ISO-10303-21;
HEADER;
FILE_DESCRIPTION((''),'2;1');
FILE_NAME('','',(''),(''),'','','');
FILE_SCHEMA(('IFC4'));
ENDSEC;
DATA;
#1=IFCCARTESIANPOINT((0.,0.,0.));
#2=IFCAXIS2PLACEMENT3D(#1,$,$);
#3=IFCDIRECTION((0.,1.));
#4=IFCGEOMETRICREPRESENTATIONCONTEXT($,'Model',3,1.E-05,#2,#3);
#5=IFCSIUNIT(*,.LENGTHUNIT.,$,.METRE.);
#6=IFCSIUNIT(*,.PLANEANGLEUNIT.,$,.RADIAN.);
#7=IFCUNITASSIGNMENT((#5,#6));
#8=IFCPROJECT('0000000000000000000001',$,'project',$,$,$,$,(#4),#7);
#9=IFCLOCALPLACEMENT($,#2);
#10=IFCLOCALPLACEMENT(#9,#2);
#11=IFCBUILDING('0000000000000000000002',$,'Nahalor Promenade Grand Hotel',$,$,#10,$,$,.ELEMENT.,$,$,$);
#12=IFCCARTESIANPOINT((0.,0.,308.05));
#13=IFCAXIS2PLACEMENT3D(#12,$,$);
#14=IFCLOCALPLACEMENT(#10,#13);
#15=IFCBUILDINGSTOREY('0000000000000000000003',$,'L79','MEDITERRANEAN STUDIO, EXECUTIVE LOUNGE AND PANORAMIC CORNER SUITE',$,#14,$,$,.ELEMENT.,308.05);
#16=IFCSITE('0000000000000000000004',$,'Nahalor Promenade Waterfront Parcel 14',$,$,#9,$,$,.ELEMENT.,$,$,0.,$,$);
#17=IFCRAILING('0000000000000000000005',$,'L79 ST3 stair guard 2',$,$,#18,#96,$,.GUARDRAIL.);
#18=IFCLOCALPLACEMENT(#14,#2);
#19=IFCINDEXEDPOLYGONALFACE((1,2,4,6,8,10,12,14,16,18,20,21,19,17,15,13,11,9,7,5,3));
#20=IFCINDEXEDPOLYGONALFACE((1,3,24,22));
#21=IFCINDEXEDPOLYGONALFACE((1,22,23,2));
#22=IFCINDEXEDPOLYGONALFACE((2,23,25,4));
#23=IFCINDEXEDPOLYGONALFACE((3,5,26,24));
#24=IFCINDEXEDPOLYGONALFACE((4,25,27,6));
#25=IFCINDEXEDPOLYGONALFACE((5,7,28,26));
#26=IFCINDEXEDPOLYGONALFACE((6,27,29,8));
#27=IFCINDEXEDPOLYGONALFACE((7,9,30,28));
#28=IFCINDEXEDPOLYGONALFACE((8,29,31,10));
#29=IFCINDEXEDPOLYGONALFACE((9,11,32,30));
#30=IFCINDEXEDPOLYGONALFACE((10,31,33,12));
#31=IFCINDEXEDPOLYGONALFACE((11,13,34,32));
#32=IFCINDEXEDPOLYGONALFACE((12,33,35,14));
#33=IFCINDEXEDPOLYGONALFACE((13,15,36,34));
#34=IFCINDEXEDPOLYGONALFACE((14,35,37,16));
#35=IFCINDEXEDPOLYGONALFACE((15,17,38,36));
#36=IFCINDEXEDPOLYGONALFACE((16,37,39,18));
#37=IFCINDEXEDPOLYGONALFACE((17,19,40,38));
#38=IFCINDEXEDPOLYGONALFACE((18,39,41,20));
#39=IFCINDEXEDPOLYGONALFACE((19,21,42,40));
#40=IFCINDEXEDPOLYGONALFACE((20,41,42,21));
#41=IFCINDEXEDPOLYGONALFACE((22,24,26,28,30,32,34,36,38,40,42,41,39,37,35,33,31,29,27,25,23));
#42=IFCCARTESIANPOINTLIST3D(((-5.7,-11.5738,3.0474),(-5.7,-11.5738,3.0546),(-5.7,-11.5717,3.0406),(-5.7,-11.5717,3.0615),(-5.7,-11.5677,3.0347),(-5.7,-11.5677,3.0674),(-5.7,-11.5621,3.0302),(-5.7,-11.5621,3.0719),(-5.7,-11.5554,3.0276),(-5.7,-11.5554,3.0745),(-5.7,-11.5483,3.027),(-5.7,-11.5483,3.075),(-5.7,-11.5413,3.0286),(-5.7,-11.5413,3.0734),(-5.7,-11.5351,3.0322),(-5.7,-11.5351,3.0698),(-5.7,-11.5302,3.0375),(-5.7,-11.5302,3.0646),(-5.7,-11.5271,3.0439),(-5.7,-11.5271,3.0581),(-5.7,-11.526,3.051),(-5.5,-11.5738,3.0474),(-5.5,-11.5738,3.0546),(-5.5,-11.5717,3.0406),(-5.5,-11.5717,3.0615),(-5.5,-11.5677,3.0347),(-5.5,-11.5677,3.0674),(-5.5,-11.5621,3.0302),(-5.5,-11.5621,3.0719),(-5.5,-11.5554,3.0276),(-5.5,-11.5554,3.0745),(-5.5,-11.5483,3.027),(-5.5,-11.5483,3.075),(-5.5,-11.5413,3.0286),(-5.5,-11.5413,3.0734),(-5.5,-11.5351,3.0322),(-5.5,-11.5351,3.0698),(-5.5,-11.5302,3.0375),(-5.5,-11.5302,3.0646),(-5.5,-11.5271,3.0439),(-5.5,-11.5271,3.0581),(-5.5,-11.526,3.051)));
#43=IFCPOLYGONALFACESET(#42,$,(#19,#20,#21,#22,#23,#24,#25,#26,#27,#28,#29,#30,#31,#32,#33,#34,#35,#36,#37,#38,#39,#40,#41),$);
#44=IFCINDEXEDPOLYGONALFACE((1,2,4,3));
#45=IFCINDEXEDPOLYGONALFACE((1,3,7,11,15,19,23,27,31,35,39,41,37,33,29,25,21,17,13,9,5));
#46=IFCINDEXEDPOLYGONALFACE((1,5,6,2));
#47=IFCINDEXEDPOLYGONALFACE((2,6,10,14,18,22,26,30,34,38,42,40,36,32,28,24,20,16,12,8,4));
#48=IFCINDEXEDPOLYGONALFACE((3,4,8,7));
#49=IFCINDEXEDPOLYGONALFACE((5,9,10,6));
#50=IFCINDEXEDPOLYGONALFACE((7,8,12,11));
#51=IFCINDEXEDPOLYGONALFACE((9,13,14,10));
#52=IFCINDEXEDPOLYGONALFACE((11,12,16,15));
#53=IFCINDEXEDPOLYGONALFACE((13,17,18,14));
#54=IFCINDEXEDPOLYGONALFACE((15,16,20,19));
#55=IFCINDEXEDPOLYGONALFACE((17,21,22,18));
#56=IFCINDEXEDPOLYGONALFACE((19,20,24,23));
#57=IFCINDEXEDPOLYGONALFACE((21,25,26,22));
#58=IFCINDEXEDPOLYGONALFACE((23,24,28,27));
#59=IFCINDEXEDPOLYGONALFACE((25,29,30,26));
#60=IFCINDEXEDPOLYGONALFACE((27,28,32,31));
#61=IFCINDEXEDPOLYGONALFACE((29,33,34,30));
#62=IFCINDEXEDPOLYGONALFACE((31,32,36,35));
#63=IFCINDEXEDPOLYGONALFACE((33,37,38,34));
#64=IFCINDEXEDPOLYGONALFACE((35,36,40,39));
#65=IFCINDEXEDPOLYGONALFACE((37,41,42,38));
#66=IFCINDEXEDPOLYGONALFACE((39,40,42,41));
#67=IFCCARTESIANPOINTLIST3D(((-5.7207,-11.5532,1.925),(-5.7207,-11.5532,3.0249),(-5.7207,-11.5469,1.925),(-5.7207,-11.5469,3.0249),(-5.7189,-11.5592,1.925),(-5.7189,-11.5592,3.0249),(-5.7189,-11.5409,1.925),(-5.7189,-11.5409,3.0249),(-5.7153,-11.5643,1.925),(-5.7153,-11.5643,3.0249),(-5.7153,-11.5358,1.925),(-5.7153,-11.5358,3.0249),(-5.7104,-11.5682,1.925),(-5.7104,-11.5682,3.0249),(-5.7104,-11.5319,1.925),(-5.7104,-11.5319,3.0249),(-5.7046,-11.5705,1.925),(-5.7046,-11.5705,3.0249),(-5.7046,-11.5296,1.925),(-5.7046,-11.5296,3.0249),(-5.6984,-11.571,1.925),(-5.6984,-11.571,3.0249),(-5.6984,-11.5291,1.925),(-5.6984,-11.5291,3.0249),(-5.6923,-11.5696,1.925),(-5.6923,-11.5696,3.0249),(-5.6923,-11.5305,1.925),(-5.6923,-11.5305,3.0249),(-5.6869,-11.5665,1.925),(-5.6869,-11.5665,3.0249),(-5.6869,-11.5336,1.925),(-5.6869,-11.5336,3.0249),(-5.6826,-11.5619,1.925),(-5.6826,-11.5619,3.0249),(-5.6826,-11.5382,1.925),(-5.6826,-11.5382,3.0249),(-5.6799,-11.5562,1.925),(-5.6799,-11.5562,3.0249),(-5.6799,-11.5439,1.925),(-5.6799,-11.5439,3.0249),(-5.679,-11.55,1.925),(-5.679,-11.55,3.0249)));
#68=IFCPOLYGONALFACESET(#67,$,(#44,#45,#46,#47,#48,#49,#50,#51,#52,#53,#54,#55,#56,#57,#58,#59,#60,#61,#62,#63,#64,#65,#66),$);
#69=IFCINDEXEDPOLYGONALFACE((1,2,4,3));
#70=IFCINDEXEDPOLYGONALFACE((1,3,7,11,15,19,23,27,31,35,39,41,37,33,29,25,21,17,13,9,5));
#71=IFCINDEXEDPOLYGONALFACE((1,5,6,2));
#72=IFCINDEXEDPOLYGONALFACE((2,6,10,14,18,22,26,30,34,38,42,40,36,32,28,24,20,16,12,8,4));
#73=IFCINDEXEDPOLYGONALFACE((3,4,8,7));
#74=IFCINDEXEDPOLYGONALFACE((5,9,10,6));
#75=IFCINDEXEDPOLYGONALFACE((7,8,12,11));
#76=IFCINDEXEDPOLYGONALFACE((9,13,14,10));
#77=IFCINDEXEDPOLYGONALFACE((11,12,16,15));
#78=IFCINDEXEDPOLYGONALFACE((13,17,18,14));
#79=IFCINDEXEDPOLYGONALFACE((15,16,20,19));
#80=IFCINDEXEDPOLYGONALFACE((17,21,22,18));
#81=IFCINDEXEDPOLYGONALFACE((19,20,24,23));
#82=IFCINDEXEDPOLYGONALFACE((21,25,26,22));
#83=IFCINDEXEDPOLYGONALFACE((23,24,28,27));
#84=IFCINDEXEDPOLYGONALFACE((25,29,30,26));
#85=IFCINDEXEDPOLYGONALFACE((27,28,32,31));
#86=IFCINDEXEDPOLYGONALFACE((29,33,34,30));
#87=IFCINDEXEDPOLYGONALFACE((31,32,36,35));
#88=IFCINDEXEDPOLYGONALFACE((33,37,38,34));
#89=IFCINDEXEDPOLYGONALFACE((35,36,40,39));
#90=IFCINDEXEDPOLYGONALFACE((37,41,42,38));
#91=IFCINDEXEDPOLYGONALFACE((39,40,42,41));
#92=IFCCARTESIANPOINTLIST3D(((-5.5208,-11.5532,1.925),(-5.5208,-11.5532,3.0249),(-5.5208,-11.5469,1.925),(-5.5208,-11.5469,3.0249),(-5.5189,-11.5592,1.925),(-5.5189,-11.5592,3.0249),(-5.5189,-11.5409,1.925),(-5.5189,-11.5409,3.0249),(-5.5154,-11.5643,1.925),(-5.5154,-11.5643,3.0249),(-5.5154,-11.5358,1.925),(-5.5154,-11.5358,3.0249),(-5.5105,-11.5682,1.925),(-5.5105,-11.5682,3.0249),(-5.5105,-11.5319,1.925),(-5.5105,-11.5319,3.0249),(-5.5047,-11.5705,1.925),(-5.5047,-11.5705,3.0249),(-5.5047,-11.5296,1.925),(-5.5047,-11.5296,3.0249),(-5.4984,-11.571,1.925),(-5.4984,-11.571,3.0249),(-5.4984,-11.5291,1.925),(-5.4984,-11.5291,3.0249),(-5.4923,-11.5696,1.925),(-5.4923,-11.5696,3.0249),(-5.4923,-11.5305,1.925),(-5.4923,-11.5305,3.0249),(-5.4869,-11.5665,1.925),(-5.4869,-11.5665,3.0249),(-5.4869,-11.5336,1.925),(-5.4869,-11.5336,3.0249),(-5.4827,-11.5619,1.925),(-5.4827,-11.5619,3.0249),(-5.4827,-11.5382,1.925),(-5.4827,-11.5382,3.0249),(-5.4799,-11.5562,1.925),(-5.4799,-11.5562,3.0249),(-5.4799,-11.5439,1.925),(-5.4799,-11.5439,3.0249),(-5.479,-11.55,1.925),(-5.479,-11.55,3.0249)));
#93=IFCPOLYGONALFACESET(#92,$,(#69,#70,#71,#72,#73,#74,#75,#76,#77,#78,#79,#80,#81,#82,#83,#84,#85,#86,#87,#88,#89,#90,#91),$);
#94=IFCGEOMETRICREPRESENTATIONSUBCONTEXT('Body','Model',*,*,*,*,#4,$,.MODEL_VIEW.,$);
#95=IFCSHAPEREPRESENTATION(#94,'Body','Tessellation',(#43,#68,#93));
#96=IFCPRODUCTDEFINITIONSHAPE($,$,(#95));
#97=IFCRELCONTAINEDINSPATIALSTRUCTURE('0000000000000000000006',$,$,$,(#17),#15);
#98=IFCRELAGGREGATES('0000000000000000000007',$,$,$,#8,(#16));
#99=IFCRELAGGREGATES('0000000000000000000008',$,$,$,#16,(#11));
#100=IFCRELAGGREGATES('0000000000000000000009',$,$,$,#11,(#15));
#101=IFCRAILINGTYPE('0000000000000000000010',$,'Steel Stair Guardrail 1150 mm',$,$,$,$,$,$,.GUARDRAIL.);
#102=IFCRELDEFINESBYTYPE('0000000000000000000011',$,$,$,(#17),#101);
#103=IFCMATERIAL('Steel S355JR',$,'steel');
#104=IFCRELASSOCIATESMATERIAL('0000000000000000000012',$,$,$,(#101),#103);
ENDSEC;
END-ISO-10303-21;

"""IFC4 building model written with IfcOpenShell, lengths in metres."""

from ifc_helpers import new_model, si_unit, direction, frame, origin, origin_2d, place, context, subcontext, project, spatial, circle, extrude, material, type_object, element, save


model = new_model("IFC4")

# Units and contexts
model_context = context("Model", 3, precision=1e-05, world=origin(), true_north=direction((0.0, 1.0)))
body_context = subcontext(model_context, "Body", "Model", "MODEL_VIEW")
ifc_project = project(units=[si_unit("LENGTHUNIT", "METRE"), si_unit("PLANEANGLEUNIT", "RADIAN")], contexts=[model_context])

# Site, building, storey
site_placement = place(None, origin())
site = spatial("IfcSite", under=ifc_project, at=site_placement, Name="Nahalor Promenade Waterfront Parcel 14", CompositionType="ELEMENT", RefElevation=0.0)
building_placement = place(site_placement, origin())
building = spatial("IfcBuilding", under=site, at=building_placement, Name="Nahalor Promenade Grand Hotel", CompositionType="ELEMENT")
storey_placement = place(building_placement, frame((0.0, 0.0, 308.05)))
storey = spatial("IfcBuildingStorey", under=building, at=storey_placement, Name="L79", Description="MEDITERRANEAN STUDIO, EXECUTIVE LOUNGE AND PANORAMIC CORNER SUITE", CompositionType="ELEMENT", Elevation=308.05)

# Shared definitions
ifc_material_1 = material(Name="Steel S355JR", Category="steel")

# Railing
railing_type_1 = type_object("IfcRailingType", Name="Steel Stair Guardrail 1150 mm", PredefinedType="GUARDRAIL", material=ifc_material_1)
railing_1_placement = place(storey_placement, frame((-5.7, -11.55, 1.925)))
element("IfcRailing", 1, at=railing_1_placement, inside=storey, type_object=railing_type_1, Name="L79 ST3 stair guard 2", PredefinedType="GUARDRAIL", context=body_context, shape_type="SweptSolid", body=[
    extrude(circle(Radius=0.024, at=origin_2d()), frame((0.0, 0.0, 1.126), z_axis=(1.0, 0.0, 0.0), x_axis=(0.0, 1.0, 0.0)), (0.0, 0.0, 1.0), 0.2),
    extrude(circle(Radius=0.021, at=origin_2d()), origin(), (0.0, 0.0, 1.0), 1.0999),
    extrude(circle(Radius=0.021, at=origin_2d()), frame((0.2, 0.0, 0.0)), (0.0, 0.0, 1.0), 1.0999),
])

save(model, "model.ifc")
